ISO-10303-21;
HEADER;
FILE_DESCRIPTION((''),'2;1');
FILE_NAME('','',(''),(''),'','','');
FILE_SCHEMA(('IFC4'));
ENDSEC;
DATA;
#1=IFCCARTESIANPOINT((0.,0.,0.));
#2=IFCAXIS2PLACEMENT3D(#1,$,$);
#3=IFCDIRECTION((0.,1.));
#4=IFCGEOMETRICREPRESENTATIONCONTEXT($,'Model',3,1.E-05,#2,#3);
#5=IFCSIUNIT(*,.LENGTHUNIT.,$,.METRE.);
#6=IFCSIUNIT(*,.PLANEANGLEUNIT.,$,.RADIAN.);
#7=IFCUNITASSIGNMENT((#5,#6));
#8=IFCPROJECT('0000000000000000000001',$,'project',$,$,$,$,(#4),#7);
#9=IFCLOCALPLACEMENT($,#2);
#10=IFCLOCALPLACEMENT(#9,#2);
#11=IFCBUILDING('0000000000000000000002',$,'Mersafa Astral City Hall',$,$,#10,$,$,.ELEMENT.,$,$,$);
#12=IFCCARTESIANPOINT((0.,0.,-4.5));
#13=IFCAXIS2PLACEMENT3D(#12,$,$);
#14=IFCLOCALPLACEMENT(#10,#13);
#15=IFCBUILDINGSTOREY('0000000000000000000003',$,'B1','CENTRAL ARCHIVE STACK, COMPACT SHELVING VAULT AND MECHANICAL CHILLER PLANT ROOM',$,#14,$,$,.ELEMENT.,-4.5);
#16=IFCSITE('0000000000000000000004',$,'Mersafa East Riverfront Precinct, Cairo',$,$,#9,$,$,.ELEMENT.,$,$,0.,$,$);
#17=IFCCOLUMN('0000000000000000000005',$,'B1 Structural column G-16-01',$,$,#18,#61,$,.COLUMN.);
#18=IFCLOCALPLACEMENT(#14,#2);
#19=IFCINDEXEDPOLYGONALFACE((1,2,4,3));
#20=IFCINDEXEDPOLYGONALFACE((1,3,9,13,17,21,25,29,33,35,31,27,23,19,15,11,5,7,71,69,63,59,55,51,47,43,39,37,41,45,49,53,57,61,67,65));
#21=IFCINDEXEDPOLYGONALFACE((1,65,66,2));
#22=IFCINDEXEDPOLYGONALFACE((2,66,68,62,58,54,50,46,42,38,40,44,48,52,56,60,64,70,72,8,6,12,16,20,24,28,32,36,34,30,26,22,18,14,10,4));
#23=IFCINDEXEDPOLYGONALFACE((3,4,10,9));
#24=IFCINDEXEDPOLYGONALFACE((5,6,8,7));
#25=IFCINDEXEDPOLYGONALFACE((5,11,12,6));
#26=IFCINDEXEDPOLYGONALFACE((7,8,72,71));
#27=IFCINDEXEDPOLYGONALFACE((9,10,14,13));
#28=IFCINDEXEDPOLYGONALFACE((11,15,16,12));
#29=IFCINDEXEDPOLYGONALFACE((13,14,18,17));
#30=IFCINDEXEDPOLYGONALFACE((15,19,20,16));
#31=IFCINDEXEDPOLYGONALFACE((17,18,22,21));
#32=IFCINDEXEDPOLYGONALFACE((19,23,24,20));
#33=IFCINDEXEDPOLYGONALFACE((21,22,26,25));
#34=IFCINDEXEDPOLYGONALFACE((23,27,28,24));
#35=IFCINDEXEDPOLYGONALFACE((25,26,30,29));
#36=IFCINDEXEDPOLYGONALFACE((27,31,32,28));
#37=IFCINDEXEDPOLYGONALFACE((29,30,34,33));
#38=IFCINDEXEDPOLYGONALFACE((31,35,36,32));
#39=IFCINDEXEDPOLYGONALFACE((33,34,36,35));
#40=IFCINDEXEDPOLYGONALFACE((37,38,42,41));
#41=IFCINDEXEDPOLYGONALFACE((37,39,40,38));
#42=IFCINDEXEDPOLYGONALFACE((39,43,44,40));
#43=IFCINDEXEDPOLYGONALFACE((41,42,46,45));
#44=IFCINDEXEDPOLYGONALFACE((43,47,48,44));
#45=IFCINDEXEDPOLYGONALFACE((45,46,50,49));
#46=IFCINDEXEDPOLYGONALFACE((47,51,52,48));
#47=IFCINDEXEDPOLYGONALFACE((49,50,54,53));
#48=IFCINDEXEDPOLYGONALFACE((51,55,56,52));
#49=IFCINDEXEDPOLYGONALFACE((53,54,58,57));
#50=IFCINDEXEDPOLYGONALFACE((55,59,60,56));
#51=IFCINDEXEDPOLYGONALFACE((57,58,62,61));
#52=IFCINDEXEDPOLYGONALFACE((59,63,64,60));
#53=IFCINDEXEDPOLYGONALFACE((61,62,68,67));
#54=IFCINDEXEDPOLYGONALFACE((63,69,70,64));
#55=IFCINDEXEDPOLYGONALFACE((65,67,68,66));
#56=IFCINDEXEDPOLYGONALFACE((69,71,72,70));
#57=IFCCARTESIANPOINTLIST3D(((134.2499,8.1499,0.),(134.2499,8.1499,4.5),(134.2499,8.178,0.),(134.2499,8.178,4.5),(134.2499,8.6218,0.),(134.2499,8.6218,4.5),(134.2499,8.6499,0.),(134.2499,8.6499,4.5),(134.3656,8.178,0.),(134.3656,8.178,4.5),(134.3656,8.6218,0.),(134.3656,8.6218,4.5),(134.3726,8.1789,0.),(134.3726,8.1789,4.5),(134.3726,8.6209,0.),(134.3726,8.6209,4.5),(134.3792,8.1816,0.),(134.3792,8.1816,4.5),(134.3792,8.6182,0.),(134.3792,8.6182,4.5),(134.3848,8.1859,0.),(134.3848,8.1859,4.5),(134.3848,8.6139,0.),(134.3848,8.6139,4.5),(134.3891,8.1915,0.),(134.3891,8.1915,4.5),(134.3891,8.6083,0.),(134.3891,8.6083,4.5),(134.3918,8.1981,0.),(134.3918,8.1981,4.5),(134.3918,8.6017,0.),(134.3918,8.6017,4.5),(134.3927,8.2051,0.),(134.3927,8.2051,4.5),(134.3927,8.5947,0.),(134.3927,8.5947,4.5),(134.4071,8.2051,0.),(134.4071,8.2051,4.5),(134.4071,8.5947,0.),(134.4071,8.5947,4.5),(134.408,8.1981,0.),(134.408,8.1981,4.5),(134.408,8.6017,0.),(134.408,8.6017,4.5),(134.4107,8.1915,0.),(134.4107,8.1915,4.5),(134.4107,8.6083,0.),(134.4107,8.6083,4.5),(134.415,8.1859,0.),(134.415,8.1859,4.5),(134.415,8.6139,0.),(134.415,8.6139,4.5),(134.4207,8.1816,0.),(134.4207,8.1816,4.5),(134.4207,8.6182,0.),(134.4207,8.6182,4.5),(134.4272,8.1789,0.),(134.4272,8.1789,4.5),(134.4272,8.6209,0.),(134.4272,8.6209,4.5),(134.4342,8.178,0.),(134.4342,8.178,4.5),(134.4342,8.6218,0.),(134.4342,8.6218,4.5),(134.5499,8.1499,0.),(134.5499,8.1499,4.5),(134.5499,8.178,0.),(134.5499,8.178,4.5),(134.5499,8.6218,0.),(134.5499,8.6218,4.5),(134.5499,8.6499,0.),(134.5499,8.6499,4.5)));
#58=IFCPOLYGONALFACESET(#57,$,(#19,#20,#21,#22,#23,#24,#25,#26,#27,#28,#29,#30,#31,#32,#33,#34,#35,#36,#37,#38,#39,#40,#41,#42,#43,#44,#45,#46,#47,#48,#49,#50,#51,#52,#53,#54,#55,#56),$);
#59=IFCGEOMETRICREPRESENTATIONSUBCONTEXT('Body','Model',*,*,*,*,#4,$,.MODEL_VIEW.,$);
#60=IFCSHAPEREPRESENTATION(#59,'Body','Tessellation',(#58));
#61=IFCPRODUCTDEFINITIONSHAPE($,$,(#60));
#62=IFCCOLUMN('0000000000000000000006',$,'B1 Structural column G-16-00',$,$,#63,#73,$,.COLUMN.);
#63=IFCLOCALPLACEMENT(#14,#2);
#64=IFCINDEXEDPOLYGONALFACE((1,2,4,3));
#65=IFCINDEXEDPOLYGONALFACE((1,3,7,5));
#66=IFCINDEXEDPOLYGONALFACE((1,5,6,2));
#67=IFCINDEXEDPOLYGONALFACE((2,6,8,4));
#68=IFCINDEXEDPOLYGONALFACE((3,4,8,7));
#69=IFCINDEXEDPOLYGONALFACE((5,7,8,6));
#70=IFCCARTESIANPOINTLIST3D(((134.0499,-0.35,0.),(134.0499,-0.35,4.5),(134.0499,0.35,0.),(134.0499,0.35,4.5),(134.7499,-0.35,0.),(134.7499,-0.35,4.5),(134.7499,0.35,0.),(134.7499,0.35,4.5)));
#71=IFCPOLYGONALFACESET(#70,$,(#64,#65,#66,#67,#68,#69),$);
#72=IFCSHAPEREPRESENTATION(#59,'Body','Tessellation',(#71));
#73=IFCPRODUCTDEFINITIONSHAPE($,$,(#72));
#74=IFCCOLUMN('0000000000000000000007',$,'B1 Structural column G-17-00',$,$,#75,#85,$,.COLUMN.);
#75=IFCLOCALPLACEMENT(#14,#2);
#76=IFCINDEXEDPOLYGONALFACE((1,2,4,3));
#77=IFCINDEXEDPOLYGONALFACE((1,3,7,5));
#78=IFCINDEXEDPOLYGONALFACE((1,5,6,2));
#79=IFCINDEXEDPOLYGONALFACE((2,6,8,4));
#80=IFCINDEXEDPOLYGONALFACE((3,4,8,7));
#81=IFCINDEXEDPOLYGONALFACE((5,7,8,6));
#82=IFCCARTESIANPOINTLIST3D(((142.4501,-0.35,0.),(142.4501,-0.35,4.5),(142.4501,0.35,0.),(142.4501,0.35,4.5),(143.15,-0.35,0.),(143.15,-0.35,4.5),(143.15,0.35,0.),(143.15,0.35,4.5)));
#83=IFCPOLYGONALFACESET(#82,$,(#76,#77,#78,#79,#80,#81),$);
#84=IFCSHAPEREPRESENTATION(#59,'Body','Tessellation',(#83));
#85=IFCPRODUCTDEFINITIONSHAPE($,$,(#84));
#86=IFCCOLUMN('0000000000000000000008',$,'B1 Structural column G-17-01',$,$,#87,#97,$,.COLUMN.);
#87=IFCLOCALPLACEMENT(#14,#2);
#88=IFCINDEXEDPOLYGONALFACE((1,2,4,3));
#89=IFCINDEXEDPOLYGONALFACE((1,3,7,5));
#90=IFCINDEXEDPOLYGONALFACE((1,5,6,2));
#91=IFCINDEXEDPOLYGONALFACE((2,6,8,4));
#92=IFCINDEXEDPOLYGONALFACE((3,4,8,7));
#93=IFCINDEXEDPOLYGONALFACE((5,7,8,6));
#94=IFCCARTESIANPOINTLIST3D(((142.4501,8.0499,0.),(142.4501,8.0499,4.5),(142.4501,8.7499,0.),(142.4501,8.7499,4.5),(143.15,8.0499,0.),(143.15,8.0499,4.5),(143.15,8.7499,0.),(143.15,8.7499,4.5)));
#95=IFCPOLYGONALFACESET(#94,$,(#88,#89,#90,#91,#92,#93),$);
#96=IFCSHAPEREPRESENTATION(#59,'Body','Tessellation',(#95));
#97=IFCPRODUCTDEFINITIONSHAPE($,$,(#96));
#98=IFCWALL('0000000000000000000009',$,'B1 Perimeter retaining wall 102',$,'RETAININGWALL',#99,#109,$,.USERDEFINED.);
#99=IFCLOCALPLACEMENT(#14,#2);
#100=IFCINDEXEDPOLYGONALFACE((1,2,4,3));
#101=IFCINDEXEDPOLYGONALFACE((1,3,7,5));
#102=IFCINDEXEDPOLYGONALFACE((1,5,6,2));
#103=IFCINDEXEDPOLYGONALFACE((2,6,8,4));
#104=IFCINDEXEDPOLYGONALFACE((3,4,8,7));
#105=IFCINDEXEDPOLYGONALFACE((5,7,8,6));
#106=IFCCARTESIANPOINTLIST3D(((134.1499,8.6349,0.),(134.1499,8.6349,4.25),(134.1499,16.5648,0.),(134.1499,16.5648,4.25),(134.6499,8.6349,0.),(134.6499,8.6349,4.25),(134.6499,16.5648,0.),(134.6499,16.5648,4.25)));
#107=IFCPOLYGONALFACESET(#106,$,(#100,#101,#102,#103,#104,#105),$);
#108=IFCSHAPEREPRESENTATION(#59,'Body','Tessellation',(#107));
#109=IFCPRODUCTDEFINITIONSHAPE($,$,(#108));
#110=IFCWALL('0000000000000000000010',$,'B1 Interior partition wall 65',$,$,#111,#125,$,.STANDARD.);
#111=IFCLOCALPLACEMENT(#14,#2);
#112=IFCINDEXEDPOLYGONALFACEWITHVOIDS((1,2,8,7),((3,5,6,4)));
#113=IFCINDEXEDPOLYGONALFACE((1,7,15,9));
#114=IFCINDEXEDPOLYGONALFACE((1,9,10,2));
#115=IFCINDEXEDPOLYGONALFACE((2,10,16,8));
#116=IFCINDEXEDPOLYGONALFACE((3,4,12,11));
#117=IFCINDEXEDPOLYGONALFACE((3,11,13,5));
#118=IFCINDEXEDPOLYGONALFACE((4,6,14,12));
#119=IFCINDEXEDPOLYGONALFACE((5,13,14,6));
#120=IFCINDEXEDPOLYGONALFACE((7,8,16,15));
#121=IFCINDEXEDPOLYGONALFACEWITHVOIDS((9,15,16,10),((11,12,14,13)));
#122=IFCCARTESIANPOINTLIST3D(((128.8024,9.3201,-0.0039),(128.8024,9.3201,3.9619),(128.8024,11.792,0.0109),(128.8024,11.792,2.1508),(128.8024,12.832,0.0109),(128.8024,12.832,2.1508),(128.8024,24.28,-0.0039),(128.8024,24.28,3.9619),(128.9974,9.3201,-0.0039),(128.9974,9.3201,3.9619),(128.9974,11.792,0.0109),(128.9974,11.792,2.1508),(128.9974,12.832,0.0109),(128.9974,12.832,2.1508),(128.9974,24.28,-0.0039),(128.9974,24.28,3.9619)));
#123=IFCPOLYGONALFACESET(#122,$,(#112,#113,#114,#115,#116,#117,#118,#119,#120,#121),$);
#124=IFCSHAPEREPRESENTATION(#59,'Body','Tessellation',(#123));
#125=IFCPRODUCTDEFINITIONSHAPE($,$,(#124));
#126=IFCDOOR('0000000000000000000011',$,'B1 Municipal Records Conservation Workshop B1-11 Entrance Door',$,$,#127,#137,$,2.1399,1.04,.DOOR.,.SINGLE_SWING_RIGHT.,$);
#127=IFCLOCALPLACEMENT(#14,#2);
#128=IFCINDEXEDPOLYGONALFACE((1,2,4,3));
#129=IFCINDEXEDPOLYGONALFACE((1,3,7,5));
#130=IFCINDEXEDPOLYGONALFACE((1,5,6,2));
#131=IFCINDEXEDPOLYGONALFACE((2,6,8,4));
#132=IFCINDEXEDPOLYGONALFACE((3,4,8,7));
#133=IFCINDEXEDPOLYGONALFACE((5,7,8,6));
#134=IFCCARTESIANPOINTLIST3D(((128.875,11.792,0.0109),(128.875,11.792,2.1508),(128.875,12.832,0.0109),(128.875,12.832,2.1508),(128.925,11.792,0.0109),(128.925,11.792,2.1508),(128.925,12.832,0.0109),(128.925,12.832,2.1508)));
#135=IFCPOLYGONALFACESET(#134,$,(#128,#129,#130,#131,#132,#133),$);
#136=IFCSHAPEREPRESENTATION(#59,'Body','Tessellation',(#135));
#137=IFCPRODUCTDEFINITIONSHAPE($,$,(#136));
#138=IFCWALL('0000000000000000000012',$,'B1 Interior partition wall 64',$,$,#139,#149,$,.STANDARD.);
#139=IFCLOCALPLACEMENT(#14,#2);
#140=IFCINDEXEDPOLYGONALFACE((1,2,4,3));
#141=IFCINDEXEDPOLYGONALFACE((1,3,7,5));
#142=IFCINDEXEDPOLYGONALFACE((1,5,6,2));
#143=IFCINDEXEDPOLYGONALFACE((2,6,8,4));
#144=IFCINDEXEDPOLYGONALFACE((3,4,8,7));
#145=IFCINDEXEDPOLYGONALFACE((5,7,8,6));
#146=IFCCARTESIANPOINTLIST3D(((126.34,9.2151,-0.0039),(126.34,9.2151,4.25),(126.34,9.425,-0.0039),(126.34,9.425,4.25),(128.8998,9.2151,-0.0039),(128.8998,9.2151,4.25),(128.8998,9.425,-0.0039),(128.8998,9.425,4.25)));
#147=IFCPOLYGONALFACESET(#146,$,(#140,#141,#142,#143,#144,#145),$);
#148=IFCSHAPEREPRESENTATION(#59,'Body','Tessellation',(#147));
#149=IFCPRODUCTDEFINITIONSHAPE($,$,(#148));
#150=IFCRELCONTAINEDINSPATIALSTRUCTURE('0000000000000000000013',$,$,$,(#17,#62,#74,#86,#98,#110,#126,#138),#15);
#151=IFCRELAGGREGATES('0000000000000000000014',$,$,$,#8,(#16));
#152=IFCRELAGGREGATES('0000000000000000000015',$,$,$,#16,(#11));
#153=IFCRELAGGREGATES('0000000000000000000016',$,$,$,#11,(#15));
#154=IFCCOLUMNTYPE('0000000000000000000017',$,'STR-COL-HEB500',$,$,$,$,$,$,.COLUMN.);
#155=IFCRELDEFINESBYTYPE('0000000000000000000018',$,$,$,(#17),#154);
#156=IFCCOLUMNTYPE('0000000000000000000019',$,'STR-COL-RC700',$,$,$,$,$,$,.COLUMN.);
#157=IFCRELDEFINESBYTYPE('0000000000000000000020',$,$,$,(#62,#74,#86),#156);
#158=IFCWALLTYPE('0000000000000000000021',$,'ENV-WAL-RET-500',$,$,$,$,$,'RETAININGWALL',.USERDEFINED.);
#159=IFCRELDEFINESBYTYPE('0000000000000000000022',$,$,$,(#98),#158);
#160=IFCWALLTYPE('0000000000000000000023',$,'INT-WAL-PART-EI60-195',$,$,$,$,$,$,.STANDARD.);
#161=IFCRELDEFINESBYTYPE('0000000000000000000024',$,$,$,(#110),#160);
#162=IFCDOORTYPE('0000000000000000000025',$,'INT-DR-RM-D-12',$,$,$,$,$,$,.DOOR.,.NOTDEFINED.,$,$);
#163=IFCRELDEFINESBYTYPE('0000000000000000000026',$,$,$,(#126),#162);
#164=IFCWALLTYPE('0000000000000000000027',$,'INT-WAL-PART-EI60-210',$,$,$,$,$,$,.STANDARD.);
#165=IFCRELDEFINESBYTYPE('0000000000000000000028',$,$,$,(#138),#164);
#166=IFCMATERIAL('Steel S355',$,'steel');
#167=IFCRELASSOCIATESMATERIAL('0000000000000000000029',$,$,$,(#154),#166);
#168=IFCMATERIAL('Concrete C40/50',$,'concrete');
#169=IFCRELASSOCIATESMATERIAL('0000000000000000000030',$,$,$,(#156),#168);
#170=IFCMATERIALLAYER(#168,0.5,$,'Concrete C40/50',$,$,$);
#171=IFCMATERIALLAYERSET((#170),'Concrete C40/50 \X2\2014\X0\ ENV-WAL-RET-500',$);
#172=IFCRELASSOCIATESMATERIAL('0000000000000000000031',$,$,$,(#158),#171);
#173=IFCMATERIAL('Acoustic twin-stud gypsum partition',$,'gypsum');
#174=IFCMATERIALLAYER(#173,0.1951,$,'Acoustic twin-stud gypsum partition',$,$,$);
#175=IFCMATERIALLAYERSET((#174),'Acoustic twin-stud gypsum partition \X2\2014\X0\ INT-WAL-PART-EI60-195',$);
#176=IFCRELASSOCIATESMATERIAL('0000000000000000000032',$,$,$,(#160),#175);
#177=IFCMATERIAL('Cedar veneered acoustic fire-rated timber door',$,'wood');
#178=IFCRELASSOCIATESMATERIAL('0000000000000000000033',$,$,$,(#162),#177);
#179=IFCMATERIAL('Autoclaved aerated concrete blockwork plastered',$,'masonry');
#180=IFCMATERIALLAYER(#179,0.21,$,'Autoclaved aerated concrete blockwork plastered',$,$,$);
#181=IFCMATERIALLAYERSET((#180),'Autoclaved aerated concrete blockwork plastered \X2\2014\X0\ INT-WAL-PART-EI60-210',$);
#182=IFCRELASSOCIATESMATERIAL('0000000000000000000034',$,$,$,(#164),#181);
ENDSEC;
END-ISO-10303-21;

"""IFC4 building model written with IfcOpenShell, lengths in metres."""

from ifc_helpers import new_model, si_unit, direction, frame, frame_2d, origin, origin_2d, place, context, subcontext, project, spatial, rectangle, i_section, extrude, material, layer, layer_set, material_profile, profile_set, type_object, element, fill, save


model = new_model("IFC4")

# Units and contexts
model_context = context("Model", 3, precision=1e-05, world=origin(), true_north=direction((0.0, 1.0)))
body_context = subcontext(model_context, "Body", "Model", "MODEL_VIEW")
ifc_project = project(units=[si_unit("LENGTHUNIT", "METRE"), si_unit("PLANEANGLEUNIT", "RADIAN")], contexts=[model_context])

# Site, building, storey
site_placement = place(None, origin())
site = spatial("IfcSite", under=ifc_project, at=site_placement, Name="Mersafa East Riverfront Precinct, Cairo", CompositionType="ELEMENT", RefElevation=0.0)
building_placement = place(site_placement, origin())
building = spatial("IfcBuilding", under=site, at=building_placement, Name="Mersafa Astral City Hall", CompositionType="ELEMENT")
storey_placement = place(building_placement, frame((0.0, 0.0, -4.5)))
storey = spatial("IfcBuildingStorey", under=building, at=storey_placement, Name="B1", Description="CENTRAL ARCHIVE STACK, COMPACT SHELVING VAULT AND MECHANICAL CHILLER PLANT ROOM", CompositionType="ELEMENT", Elevation=-4.5)

# Shared definitions
ifc_material_1 = material(Name="Concrete C40/50", Category="concrete")

# Columns
ifc_material_2 = material(Name="Steel S355", Category="steel")
ifc_material_profile_1 = material_profile(ifc_material_2, i_section(OverallWidth=0.3, OverallDepth=0.5, WebThickness=0.0144, FlangeThickness=0.0281, FilletRadius=0.0271, at=origin_2d()), Name="HEB 500")
ifc_profile_set_1 = profile_set([ifc_material_profile_1], Name="Steel S355")
column_type_1 = type_object("IfcColumnType", Name="STR-COL-HEB500", PredefinedType="COLUMN", material=ifc_profile_set_1)
column_placement = place(storey_placement, frame((134.3999, 8.3999, 0.0), z_axis=(0.0, 0.0, 1.0), x_axis=(1.0, 0.0, 0.0)))
element("IfcColumn", 1, at=column_placement, inside=storey, type_object=column_type_1, Name="B1 Structural column G-16-01", PredefinedType="COLUMN", context=body_context, shape_type="SweptSolid", body=[
    extrude(i_section(OverallWidth=0.3, OverallDepth=0.5, WebThickness=0.0144, FlangeThickness=0.0281, FilletRadius=0.0271, at=origin_2d()), origin(), (0.0, 0.0, 1.0), 4.5),
])
ifc_material_profile_2 = material_profile(ifc_material_1, rectangle(XDim=0.7, YDim=0.7, at=origin_2d()), Name="RC 700x700")
ifc_profile_set_2 = profile_set([ifc_material_profile_2], Name="Concrete C40/50")
column_type_2 = type_object("IfcColumnType", Name="STR-COL-RC700", PredefinedType="COLUMN", material=ifc_profile_set_2)
for number, where, z_axis, x_axis, name in (
    (2, (134.3999, 0.0, 0.0), (0.0, 0.0, 1.0), (1.0, 0.0, 0.0), "B1 Structural column G-16-00"),
    (3, (142.8, 0.0, 0.0), (0.0, 0.0, 1.0), (1.0, 0.0, 0.0), "B1 Structural column G-17-00"),
    (4, (142.8, 8.3999, 0.0), (0.0, 0.0, 1.0), (1.0, 0.0, 0.0), "B1 Structural column G-17-01"),
):
    element("IfcColumn", number, at=place(storey_placement, frame(where, z_axis=z_axis, x_axis=x_axis)), inside=storey, type_object=column_type_2, Name=name, PredefinedType="COLUMN", context=body_context, shape_type="SweptSolid", body=[
        extrude(rectangle(XDim=0.7, YDim=0.7, at=origin_2d()), origin(), (0.0, 0.0, 1.0), 4.5),
    ])

# Wall
ifc_layer_1 = layer(ifc_material_1, 0.5, Name="Concrete C40/50")
ifc_layer_set_1 = layer_set([ifc_layer_1], Name="Concrete C40/50 — ENV-WAL-RET-500")
wall_type_1 = type_object("IfcWallType", Name="ENV-WAL-RET-500", ElementType="RETAININGWALL", PredefinedType="USERDEFINED", material=ifc_layer_set_1)
wall_1_placement = place(storey_placement, frame((134.3999, 8.635, 0.0), z_axis=(0.0, 0.0, 1.0), x_axis=(0.0, 1.0, 0.0)))
element("IfcWall", 5, at=wall_1_placement, inside=storey, type_object=wall_type_1, Name="B1 Perimeter retaining wall 102", ObjectType="RETAININGWALL", PredefinedType="USERDEFINED", context=body_context, shape_type="SweptSolid", body=[
    extrude(rectangle(XDim=7.9299, YDim=0.5, at=frame_2d((3.9648, 0.0))), origin(), (0.0, 0.0, 1.0), 4.25),
])

# Wall, opening, door
ifc_material_3 = material(Name="Acoustic twin-stud gypsum partition", Category="gypsum")
ifc_layer_2 = layer(ifc_material_3, 0.1951, Name="Acoustic twin-stud gypsum partition")
ifc_layer_set_2 = layer_set([ifc_layer_2], Name="Acoustic twin-stud gypsum partition — INT-WAL-PART-EI60-195")
wall_type_2 = type_object("IfcWallType", Name="INT-WAL-PART-EI60-195", PredefinedType="STANDARD", material=ifc_layer_set_2)
wall_2_placement = place(storey_placement, frame((128.8999, 9.3201, -0.0039), z_axis=(0.0, 0.0, 1.0), x_axis=(0.0, 1.0, 0.0)))
wall_2 = element("IfcWall", 6, at=wall_2_placement, inside=storey, type_object=wall_type_2, Name="B1 Interior partition wall 65", PredefinedType="STANDARD", context=body_context, shape_type="SweptSolid", body=[
    extrude(rectangle(XDim=14.96, YDim=0.1951, at=frame_2d((7.48, 0.0))), origin(), (0.0, 0.0, 1.0), 3.9658),
])
opening_placement = place(wall_2_placement, frame((2.4719, 0.0, 0.0149)))
opening = element("IfcOpeningElement", 7, at=opening_placement, cuts=wall_2, PredefinedType="OPENING", context=body_context, shape_type="SweptSolid", body=[
    extrude(rectangle(XDim=1.04, YDim=2.1399, at=frame_2d((0.52, 1.0698))), frame((0.0, 0.1074, 0.0), z_axis=(0.0, -1.0, 0.0), x_axis=(1.0, 0.0, 0.0)), (0.0, 0.0, 1.0), 0.2151),
])
ifc_material_4 = material(Name="Cedar veneered acoustic fire-rated timber door", Category="wood")
door_type = type_object("IfcDoorType", Name="INT-DR-RM-D-12", OperationType="NOTDEFINED", PredefinedType="DOOR", material=ifc_material_4)
door_placement = place(opening_placement, origin())
door = element("IfcDoor", 8, at=door_placement, inside=storey, type_object=door_type, Name="B1 Municipal Records Conservation Workshop B1-11 Entrance Door", OperationType="SINGLE_SWING_RIGHT", OverallHeight=2.1399, OverallWidth=1.04, PredefinedType="DOOR", context=body_context, shape_type="SweptSolid", body=[
    extrude(rectangle(XDim=1.04, YDim=2.1399, at=frame_2d((0.52, 1.0698))), frame((0.0, 0.0249, 0.0), z_axis=(0.0, -1.0, 0.0), x_axis=(1.0, 0.0, 0.0)), (0.0, 0.0, 1.0), 0.05),
])
fill(opening, door)

# Wall
ifc_material_5 = material(Name="Autoclaved aerated concrete blockwork plastered", Category="masonry")
ifc_layer_3 = layer(ifc_material_5, 0.21, Name="Autoclaved aerated concrete blockwork plastered")
ifc_layer_set_3 = layer_set([ifc_layer_3], Name="Autoclaved aerated concrete blockwork plastered — INT-WAL-PART-EI60-210")
wall_type_3 = type_object("IfcWallType", Name="INT-WAL-PART-EI60-210", PredefinedType="STANDARD", material=ifc_layer_set_3)
wall_3_placement = place(storey_placement, frame((126.3401, 9.3201, -0.0039), z_axis=(0.0, 0.0, 1.0), x_axis=(1.0, 0.0, 0.0)))
element("IfcWall", 9, at=wall_3_placement, inside=storey, type_object=wall_type_3, Name="B1 Interior partition wall 64", PredefinedType="STANDARD", context=body_context, shape_type="SweptSolid", body=[
    extrude(rectangle(XDim=2.5598, YDim=0.21, at=frame_2d((1.2798, 0.0))), origin(), (0.0, 0.0, 1.0), 4.2539),
])

save(model, "model.ifc")
